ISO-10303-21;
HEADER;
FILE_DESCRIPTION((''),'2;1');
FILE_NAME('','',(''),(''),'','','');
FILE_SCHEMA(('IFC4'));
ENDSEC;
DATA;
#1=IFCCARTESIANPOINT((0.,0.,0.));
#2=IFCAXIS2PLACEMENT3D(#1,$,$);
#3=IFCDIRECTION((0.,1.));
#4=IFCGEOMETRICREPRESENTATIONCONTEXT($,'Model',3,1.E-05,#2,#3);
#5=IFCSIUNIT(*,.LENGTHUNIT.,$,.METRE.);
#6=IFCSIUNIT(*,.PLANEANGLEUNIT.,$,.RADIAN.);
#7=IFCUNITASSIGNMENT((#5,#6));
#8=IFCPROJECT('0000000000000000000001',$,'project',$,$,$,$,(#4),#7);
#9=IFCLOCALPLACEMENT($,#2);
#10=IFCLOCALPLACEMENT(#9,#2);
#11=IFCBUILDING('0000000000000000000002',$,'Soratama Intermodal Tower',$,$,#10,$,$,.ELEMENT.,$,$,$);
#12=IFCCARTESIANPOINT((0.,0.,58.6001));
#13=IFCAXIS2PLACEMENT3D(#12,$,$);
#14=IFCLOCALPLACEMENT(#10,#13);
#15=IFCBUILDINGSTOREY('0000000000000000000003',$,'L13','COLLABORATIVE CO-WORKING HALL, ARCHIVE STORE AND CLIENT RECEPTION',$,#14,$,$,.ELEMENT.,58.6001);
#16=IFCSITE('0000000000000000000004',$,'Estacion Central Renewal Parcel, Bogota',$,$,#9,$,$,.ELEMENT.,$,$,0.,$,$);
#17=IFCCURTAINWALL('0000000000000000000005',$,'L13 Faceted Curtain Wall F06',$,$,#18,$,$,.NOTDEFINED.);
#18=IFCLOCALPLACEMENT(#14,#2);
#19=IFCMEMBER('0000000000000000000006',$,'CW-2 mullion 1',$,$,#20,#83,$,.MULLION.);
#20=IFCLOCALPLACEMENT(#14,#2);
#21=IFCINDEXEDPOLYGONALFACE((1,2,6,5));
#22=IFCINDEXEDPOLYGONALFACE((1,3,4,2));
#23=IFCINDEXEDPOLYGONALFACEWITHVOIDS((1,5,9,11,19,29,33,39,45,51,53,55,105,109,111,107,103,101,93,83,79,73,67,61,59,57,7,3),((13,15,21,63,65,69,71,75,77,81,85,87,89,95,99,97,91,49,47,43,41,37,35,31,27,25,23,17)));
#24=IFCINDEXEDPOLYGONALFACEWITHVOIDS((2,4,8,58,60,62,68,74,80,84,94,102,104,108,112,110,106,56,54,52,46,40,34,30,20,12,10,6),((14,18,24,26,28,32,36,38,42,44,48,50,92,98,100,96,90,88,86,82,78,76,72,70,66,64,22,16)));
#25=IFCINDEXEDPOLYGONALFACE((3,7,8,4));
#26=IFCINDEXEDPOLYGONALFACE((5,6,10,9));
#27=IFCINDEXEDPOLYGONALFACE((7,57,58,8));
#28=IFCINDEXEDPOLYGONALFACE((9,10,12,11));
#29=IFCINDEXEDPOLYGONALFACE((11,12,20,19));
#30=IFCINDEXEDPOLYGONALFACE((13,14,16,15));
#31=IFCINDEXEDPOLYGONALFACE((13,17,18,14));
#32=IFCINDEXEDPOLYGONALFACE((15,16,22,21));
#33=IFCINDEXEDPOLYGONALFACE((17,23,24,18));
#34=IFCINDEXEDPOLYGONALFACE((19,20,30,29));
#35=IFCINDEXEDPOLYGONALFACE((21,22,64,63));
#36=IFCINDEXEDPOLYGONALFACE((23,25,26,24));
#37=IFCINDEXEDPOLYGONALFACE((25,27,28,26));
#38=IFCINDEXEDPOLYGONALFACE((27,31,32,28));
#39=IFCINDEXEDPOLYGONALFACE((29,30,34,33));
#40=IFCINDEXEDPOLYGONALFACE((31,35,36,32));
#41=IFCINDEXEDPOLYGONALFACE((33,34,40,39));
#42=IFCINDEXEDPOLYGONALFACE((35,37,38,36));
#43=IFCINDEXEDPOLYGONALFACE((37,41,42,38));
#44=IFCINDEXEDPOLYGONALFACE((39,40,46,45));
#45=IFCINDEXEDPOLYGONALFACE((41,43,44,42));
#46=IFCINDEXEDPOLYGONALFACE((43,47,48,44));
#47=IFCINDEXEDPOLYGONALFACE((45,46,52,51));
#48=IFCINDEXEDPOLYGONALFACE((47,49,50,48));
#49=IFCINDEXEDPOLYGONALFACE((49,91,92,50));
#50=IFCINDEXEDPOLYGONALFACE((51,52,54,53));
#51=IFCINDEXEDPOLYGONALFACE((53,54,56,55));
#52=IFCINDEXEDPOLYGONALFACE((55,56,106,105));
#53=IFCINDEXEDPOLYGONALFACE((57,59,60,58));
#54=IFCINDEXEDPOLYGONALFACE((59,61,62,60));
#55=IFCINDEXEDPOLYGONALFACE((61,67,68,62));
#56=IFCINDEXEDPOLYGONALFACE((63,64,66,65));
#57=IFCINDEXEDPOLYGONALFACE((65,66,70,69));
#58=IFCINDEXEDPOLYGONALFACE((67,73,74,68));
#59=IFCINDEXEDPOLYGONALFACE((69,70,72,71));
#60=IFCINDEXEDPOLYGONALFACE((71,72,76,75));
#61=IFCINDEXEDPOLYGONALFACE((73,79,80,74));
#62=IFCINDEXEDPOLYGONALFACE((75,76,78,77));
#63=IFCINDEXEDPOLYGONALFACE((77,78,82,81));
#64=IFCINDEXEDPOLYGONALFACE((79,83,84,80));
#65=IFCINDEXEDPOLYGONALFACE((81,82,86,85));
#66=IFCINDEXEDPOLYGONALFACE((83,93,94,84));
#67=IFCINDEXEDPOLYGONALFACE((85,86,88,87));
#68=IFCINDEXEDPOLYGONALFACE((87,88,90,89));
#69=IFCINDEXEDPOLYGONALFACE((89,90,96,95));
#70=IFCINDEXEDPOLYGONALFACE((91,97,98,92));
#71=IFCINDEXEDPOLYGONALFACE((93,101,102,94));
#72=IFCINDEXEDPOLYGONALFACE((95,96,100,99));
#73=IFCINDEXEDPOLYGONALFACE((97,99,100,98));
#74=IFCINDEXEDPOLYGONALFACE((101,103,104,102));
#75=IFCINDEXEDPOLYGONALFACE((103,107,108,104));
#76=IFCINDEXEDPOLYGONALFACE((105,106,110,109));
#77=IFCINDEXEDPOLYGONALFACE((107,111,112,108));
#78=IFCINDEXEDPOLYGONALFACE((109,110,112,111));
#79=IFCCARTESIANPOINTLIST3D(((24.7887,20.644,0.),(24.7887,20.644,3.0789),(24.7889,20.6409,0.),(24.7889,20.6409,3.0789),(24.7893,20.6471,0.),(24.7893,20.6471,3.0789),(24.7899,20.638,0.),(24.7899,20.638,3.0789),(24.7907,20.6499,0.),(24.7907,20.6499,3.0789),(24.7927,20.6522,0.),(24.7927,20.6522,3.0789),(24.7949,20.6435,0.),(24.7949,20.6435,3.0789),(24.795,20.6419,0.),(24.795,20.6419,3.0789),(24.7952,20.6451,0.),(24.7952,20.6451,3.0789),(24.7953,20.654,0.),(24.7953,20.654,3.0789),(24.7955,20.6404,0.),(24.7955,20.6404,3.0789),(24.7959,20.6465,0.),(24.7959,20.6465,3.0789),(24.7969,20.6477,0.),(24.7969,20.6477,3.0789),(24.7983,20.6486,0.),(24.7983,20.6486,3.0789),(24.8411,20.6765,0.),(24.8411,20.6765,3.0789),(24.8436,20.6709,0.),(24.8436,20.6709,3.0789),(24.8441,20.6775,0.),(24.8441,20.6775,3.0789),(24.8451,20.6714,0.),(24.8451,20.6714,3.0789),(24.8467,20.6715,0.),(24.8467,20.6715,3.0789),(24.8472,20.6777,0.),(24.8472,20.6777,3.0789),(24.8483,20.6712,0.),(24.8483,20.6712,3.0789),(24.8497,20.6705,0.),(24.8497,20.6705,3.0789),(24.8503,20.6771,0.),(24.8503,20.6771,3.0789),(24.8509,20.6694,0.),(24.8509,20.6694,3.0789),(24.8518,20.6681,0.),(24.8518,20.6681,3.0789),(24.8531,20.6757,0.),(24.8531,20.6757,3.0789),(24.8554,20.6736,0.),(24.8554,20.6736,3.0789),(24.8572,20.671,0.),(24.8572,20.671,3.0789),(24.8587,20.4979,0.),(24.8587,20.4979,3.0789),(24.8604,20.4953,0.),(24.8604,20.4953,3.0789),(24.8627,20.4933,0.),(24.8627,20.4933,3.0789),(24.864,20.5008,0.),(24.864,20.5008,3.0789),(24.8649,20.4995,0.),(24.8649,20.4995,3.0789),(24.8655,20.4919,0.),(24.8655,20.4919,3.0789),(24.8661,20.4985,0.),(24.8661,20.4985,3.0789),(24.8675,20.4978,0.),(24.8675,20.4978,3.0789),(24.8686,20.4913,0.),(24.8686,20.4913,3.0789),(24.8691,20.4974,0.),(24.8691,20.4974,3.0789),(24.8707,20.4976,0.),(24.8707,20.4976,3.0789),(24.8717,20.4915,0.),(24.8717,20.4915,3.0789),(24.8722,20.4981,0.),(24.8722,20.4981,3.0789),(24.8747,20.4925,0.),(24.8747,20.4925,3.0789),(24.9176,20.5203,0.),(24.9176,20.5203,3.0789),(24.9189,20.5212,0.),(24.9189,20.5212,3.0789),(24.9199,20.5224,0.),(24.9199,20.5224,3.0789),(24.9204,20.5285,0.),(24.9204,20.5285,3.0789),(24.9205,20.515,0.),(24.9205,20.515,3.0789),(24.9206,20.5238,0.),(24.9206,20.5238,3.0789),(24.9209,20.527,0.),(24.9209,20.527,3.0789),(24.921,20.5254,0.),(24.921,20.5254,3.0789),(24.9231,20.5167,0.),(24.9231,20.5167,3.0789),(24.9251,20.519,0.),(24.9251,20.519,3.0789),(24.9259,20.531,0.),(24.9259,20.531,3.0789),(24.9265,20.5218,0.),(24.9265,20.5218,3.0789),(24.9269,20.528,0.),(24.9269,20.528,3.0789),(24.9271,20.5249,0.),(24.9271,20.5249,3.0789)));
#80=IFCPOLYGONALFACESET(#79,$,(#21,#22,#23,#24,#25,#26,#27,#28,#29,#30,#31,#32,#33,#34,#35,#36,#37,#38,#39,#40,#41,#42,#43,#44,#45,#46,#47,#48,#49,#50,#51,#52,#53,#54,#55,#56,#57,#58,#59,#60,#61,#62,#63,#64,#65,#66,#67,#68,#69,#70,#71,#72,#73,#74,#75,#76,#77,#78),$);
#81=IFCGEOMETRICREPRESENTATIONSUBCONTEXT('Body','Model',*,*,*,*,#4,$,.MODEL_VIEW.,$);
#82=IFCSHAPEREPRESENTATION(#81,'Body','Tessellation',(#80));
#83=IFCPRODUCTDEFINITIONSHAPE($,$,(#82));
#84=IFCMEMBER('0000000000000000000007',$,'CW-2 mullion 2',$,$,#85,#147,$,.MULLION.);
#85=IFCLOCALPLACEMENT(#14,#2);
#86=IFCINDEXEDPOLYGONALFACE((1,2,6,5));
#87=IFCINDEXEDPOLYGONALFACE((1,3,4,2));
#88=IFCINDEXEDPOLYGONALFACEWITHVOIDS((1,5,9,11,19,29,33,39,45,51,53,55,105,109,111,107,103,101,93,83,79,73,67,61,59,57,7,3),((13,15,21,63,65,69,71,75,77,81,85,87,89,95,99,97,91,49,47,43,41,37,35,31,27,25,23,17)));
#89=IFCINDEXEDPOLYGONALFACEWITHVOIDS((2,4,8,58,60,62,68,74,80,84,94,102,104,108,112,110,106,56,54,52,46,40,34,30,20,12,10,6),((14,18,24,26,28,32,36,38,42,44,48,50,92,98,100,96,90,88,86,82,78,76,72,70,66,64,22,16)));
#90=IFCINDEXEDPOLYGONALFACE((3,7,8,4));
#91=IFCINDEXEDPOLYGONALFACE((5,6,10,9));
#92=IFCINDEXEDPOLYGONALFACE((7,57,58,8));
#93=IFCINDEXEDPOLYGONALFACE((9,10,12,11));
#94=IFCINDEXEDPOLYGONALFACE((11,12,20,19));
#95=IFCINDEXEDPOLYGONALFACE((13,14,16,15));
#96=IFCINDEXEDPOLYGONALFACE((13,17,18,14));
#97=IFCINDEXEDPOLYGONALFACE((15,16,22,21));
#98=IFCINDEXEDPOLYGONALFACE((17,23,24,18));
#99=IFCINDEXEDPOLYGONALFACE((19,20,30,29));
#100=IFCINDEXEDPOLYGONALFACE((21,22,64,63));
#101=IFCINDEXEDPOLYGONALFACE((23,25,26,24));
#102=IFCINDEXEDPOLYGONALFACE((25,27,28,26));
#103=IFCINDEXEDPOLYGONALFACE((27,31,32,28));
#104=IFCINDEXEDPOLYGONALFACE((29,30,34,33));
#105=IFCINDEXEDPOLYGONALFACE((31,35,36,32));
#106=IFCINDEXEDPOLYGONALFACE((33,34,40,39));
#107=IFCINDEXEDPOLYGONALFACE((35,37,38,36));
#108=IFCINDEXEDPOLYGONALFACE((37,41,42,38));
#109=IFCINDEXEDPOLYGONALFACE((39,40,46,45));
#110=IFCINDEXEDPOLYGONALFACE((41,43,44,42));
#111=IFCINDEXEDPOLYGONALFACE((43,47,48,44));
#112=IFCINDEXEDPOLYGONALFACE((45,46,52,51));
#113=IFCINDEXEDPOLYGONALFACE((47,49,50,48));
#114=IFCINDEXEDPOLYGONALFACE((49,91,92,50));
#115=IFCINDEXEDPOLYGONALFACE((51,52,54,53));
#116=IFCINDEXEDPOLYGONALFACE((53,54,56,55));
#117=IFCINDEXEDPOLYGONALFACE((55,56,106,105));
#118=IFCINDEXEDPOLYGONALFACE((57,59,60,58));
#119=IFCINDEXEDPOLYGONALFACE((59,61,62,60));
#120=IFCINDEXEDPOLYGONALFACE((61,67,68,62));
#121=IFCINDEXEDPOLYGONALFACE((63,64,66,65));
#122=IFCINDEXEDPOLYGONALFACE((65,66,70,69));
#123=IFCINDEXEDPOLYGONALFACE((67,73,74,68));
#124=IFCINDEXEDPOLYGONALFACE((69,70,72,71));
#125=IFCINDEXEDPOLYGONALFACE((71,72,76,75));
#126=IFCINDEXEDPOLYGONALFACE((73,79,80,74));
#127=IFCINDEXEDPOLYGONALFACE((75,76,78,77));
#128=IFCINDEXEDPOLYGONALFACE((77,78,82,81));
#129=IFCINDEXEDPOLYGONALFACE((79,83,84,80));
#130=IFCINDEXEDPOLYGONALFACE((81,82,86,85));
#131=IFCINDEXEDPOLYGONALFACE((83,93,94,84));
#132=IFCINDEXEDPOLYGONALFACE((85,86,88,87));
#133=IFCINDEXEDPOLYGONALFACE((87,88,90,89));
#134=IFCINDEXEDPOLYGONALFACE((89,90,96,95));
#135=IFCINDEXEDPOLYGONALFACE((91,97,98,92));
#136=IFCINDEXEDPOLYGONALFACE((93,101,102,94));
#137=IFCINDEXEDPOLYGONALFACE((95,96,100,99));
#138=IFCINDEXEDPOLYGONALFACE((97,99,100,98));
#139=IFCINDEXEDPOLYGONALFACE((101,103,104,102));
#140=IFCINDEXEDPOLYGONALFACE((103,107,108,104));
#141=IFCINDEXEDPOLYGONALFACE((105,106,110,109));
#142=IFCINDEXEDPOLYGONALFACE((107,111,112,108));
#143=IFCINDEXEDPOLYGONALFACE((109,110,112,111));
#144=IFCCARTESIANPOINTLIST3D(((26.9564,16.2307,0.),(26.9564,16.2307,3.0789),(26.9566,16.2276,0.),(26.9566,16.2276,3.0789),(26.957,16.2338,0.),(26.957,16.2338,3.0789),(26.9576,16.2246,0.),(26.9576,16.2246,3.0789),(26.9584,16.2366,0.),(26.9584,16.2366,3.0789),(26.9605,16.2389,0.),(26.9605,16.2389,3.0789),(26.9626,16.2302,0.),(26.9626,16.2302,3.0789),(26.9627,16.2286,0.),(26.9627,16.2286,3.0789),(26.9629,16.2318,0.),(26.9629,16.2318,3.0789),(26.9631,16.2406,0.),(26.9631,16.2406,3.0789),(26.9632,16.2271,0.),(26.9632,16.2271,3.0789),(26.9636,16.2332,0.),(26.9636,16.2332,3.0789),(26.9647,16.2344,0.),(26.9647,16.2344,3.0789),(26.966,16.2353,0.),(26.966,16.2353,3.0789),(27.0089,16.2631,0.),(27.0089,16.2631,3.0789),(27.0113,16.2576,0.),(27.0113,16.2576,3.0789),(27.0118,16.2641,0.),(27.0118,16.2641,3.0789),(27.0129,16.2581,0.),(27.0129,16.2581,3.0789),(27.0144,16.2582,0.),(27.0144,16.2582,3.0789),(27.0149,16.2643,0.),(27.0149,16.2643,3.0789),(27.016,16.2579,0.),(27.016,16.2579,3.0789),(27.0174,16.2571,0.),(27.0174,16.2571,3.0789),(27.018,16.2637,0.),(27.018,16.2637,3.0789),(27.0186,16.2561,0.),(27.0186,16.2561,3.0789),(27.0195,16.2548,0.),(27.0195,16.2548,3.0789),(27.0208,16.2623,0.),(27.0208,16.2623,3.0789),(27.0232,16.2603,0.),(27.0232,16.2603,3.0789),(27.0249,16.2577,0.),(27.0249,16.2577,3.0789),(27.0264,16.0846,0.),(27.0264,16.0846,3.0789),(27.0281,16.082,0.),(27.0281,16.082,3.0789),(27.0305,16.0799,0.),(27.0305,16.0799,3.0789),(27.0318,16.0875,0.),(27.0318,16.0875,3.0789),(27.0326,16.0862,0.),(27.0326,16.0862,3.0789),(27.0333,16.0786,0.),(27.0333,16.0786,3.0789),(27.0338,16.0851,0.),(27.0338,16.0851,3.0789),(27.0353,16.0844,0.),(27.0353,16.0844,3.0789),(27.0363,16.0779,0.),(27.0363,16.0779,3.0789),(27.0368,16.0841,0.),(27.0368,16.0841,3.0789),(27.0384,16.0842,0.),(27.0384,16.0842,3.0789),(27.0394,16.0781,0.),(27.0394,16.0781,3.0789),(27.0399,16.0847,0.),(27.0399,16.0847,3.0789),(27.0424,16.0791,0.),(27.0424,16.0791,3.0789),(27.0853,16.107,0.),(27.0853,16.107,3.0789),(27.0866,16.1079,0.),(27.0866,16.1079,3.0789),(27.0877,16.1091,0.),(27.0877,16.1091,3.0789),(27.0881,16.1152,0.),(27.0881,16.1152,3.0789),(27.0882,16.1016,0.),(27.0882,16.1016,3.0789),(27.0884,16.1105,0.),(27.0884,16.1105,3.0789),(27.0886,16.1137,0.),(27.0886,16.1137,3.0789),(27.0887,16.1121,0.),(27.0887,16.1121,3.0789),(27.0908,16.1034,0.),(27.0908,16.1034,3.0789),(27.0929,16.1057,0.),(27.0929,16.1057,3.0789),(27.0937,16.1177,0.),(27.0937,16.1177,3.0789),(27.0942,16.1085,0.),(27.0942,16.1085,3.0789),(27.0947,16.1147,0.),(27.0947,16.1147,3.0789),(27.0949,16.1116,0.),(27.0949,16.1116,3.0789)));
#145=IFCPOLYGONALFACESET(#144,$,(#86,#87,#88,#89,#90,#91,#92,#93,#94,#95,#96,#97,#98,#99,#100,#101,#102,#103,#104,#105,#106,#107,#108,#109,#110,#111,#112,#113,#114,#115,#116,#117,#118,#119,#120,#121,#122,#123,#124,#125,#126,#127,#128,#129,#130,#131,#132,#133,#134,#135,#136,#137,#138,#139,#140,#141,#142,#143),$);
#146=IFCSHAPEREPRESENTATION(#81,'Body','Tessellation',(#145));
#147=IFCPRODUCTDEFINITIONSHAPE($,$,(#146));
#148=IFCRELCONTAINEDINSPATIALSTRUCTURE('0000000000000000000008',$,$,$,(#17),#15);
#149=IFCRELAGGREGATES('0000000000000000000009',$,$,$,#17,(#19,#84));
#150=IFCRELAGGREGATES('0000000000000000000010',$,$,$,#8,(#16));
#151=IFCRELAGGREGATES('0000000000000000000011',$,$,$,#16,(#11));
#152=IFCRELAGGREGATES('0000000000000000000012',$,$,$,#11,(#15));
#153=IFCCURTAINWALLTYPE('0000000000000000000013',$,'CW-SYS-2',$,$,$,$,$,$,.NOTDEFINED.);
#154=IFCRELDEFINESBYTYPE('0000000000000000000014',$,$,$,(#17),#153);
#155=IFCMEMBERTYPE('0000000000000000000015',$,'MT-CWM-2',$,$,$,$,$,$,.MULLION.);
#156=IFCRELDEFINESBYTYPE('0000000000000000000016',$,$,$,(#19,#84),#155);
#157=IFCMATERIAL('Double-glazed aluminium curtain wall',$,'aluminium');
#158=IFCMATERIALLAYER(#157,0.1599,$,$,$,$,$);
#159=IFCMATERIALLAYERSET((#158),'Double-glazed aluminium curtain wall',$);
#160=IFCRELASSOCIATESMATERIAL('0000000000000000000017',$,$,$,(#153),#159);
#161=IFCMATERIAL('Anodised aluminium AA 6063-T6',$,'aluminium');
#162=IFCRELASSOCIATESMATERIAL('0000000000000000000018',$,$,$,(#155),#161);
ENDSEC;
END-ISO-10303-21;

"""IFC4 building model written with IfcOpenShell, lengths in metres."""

from ifc_helpers import new_model, si_unit, direction, frame, origin, origin_2d, place, context, subcontext, project, spatial, hollow_rectangle, extrude, material, layer, layer_set, material_profile, profile_set, type_object, element, aggregate, save


model = new_model("IFC4")

# Units and contexts
model_context = context("Model", 3, precision=1e-05, world=origin(), true_north=direction((0.0, 1.0)))
body_context = subcontext(model_context, "Body", "Model", "MODEL_VIEW")
ifc_project = project(units=[si_unit("LENGTHUNIT", "METRE"), si_unit("PLANEANGLEUNIT", "RADIAN")], contexts=[model_context])

# Site, building, storey
site_placement = place(None, origin())
site = spatial("IfcSite", under=ifc_project, at=site_placement, Name="Estacion Central Renewal Parcel, Bogota", CompositionType="ELEMENT", RefElevation=0.0)
building_placement = place(site_placement, origin())
building = spatial("IfcBuilding", under=site, at=building_placement, Name="Soratama Intermodal Tower", CompositionType="ELEMENT")
storey_placement = place(building_placement, frame((0.0, 0.0, 58.6001)))
storey = spatial("IfcBuildingStorey", under=building, at=storey_placement, Name="L13", Description="COLLABORATIVE CO-WORKING HALL, ARCHIVE STORE AND CLIENT RECEPTION", CompositionType="ELEMENT", Elevation=58.6001)

# Curtain wall, members
ifc_material_1 = material(Name="Double-glazed aluminium curtain wall", Category="aluminium")
ifc_layer_1 = layer(ifc_material_1, 0.1599)
ifc_layer_set_1 = layer_set([ifc_layer_1], Name="Double-glazed aluminium curtain wall")
curtain_wall_type = type_object("IfcCurtainWallType", Name="CW-SYS-2", PredefinedType="NOTDEFINED", material=ifc_layer_set_1)
curtain_wall_placement = place(storey_placement, origin())
curtain_wall = element("IfcCurtainWall", 1, at=curtain_wall_placement, inside=storey, type_object=curtain_wall_type, Name="L13 Faceted Curtain Wall F06", PredefinedType="NOTDEFINED")
ifc_material_2 = material(Name="Anodised aluminium AA 6063-T6", Category="aluminium")
ifc_material_profile_1 = material_profile(ifc_material_2, hollow_rectangle(XDim=0.075, YDim=0.1799, WallThickness=0.0061, InnerFilletRadius=0.0061, OuterFilletRadius=0.012, at=origin_2d()), Name="CWM180X75X6")
ifc_profile_set_1 = profile_set([ifc_material_profile_1], Name="Anodised aluminium AA 6063-T6")
member_type_1 = type_object("IfcMemberType", Name="MT-CWM-2", PredefinedType="MULLION", material=ifc_profile_set_1)
member_1_placement = place(storey_placement, frame((24.8579, 20.5845, 0.0), z_axis=(0.0, 0.0, 1.0), x_axis=(0.897568, 0.440875, 0.0)))
member_1 = element("IfcMember", 2, at=member_1_placement, type_object=member_type_1, Name="CW-2 mullion 1", PredefinedType="MULLION", context=body_context, shape_type="SweptSolid", body=[
    extrude(hollow_rectangle(XDim=0.075, YDim=0.1799, WallThickness=0.0061, InnerFilletRadius=0.0061, OuterFilletRadius=0.012, at=origin_2d()), origin(), (0.0, 0.0, 1.0), 3.0789),
])
member_2_placement = place(storey_placement, frame((27.0256, 16.1711, 0.0), z_axis=(0.0, 0.0, 1.0), x_axis=(0.897568, 0.440875, 0.0)))
member_2 = element("IfcMember", 3, at=member_2_placement, type_object=member_type_1, Name="CW-2 mullion 2", PredefinedType="MULLION", context=body_context, shape_type="SweptSolid", body=[
    extrude(hollow_rectangle(XDim=0.075, YDim=0.1799, WallThickness=0.0061, InnerFilletRadius=0.0061, OuterFilletRadius=0.012, at=origin_2d()), origin(), (0.0, 0.0, 1.0), 3.0789),
])
aggregate(curtain_wall, [member_1, member_2])

save(model, "model.ifc")
